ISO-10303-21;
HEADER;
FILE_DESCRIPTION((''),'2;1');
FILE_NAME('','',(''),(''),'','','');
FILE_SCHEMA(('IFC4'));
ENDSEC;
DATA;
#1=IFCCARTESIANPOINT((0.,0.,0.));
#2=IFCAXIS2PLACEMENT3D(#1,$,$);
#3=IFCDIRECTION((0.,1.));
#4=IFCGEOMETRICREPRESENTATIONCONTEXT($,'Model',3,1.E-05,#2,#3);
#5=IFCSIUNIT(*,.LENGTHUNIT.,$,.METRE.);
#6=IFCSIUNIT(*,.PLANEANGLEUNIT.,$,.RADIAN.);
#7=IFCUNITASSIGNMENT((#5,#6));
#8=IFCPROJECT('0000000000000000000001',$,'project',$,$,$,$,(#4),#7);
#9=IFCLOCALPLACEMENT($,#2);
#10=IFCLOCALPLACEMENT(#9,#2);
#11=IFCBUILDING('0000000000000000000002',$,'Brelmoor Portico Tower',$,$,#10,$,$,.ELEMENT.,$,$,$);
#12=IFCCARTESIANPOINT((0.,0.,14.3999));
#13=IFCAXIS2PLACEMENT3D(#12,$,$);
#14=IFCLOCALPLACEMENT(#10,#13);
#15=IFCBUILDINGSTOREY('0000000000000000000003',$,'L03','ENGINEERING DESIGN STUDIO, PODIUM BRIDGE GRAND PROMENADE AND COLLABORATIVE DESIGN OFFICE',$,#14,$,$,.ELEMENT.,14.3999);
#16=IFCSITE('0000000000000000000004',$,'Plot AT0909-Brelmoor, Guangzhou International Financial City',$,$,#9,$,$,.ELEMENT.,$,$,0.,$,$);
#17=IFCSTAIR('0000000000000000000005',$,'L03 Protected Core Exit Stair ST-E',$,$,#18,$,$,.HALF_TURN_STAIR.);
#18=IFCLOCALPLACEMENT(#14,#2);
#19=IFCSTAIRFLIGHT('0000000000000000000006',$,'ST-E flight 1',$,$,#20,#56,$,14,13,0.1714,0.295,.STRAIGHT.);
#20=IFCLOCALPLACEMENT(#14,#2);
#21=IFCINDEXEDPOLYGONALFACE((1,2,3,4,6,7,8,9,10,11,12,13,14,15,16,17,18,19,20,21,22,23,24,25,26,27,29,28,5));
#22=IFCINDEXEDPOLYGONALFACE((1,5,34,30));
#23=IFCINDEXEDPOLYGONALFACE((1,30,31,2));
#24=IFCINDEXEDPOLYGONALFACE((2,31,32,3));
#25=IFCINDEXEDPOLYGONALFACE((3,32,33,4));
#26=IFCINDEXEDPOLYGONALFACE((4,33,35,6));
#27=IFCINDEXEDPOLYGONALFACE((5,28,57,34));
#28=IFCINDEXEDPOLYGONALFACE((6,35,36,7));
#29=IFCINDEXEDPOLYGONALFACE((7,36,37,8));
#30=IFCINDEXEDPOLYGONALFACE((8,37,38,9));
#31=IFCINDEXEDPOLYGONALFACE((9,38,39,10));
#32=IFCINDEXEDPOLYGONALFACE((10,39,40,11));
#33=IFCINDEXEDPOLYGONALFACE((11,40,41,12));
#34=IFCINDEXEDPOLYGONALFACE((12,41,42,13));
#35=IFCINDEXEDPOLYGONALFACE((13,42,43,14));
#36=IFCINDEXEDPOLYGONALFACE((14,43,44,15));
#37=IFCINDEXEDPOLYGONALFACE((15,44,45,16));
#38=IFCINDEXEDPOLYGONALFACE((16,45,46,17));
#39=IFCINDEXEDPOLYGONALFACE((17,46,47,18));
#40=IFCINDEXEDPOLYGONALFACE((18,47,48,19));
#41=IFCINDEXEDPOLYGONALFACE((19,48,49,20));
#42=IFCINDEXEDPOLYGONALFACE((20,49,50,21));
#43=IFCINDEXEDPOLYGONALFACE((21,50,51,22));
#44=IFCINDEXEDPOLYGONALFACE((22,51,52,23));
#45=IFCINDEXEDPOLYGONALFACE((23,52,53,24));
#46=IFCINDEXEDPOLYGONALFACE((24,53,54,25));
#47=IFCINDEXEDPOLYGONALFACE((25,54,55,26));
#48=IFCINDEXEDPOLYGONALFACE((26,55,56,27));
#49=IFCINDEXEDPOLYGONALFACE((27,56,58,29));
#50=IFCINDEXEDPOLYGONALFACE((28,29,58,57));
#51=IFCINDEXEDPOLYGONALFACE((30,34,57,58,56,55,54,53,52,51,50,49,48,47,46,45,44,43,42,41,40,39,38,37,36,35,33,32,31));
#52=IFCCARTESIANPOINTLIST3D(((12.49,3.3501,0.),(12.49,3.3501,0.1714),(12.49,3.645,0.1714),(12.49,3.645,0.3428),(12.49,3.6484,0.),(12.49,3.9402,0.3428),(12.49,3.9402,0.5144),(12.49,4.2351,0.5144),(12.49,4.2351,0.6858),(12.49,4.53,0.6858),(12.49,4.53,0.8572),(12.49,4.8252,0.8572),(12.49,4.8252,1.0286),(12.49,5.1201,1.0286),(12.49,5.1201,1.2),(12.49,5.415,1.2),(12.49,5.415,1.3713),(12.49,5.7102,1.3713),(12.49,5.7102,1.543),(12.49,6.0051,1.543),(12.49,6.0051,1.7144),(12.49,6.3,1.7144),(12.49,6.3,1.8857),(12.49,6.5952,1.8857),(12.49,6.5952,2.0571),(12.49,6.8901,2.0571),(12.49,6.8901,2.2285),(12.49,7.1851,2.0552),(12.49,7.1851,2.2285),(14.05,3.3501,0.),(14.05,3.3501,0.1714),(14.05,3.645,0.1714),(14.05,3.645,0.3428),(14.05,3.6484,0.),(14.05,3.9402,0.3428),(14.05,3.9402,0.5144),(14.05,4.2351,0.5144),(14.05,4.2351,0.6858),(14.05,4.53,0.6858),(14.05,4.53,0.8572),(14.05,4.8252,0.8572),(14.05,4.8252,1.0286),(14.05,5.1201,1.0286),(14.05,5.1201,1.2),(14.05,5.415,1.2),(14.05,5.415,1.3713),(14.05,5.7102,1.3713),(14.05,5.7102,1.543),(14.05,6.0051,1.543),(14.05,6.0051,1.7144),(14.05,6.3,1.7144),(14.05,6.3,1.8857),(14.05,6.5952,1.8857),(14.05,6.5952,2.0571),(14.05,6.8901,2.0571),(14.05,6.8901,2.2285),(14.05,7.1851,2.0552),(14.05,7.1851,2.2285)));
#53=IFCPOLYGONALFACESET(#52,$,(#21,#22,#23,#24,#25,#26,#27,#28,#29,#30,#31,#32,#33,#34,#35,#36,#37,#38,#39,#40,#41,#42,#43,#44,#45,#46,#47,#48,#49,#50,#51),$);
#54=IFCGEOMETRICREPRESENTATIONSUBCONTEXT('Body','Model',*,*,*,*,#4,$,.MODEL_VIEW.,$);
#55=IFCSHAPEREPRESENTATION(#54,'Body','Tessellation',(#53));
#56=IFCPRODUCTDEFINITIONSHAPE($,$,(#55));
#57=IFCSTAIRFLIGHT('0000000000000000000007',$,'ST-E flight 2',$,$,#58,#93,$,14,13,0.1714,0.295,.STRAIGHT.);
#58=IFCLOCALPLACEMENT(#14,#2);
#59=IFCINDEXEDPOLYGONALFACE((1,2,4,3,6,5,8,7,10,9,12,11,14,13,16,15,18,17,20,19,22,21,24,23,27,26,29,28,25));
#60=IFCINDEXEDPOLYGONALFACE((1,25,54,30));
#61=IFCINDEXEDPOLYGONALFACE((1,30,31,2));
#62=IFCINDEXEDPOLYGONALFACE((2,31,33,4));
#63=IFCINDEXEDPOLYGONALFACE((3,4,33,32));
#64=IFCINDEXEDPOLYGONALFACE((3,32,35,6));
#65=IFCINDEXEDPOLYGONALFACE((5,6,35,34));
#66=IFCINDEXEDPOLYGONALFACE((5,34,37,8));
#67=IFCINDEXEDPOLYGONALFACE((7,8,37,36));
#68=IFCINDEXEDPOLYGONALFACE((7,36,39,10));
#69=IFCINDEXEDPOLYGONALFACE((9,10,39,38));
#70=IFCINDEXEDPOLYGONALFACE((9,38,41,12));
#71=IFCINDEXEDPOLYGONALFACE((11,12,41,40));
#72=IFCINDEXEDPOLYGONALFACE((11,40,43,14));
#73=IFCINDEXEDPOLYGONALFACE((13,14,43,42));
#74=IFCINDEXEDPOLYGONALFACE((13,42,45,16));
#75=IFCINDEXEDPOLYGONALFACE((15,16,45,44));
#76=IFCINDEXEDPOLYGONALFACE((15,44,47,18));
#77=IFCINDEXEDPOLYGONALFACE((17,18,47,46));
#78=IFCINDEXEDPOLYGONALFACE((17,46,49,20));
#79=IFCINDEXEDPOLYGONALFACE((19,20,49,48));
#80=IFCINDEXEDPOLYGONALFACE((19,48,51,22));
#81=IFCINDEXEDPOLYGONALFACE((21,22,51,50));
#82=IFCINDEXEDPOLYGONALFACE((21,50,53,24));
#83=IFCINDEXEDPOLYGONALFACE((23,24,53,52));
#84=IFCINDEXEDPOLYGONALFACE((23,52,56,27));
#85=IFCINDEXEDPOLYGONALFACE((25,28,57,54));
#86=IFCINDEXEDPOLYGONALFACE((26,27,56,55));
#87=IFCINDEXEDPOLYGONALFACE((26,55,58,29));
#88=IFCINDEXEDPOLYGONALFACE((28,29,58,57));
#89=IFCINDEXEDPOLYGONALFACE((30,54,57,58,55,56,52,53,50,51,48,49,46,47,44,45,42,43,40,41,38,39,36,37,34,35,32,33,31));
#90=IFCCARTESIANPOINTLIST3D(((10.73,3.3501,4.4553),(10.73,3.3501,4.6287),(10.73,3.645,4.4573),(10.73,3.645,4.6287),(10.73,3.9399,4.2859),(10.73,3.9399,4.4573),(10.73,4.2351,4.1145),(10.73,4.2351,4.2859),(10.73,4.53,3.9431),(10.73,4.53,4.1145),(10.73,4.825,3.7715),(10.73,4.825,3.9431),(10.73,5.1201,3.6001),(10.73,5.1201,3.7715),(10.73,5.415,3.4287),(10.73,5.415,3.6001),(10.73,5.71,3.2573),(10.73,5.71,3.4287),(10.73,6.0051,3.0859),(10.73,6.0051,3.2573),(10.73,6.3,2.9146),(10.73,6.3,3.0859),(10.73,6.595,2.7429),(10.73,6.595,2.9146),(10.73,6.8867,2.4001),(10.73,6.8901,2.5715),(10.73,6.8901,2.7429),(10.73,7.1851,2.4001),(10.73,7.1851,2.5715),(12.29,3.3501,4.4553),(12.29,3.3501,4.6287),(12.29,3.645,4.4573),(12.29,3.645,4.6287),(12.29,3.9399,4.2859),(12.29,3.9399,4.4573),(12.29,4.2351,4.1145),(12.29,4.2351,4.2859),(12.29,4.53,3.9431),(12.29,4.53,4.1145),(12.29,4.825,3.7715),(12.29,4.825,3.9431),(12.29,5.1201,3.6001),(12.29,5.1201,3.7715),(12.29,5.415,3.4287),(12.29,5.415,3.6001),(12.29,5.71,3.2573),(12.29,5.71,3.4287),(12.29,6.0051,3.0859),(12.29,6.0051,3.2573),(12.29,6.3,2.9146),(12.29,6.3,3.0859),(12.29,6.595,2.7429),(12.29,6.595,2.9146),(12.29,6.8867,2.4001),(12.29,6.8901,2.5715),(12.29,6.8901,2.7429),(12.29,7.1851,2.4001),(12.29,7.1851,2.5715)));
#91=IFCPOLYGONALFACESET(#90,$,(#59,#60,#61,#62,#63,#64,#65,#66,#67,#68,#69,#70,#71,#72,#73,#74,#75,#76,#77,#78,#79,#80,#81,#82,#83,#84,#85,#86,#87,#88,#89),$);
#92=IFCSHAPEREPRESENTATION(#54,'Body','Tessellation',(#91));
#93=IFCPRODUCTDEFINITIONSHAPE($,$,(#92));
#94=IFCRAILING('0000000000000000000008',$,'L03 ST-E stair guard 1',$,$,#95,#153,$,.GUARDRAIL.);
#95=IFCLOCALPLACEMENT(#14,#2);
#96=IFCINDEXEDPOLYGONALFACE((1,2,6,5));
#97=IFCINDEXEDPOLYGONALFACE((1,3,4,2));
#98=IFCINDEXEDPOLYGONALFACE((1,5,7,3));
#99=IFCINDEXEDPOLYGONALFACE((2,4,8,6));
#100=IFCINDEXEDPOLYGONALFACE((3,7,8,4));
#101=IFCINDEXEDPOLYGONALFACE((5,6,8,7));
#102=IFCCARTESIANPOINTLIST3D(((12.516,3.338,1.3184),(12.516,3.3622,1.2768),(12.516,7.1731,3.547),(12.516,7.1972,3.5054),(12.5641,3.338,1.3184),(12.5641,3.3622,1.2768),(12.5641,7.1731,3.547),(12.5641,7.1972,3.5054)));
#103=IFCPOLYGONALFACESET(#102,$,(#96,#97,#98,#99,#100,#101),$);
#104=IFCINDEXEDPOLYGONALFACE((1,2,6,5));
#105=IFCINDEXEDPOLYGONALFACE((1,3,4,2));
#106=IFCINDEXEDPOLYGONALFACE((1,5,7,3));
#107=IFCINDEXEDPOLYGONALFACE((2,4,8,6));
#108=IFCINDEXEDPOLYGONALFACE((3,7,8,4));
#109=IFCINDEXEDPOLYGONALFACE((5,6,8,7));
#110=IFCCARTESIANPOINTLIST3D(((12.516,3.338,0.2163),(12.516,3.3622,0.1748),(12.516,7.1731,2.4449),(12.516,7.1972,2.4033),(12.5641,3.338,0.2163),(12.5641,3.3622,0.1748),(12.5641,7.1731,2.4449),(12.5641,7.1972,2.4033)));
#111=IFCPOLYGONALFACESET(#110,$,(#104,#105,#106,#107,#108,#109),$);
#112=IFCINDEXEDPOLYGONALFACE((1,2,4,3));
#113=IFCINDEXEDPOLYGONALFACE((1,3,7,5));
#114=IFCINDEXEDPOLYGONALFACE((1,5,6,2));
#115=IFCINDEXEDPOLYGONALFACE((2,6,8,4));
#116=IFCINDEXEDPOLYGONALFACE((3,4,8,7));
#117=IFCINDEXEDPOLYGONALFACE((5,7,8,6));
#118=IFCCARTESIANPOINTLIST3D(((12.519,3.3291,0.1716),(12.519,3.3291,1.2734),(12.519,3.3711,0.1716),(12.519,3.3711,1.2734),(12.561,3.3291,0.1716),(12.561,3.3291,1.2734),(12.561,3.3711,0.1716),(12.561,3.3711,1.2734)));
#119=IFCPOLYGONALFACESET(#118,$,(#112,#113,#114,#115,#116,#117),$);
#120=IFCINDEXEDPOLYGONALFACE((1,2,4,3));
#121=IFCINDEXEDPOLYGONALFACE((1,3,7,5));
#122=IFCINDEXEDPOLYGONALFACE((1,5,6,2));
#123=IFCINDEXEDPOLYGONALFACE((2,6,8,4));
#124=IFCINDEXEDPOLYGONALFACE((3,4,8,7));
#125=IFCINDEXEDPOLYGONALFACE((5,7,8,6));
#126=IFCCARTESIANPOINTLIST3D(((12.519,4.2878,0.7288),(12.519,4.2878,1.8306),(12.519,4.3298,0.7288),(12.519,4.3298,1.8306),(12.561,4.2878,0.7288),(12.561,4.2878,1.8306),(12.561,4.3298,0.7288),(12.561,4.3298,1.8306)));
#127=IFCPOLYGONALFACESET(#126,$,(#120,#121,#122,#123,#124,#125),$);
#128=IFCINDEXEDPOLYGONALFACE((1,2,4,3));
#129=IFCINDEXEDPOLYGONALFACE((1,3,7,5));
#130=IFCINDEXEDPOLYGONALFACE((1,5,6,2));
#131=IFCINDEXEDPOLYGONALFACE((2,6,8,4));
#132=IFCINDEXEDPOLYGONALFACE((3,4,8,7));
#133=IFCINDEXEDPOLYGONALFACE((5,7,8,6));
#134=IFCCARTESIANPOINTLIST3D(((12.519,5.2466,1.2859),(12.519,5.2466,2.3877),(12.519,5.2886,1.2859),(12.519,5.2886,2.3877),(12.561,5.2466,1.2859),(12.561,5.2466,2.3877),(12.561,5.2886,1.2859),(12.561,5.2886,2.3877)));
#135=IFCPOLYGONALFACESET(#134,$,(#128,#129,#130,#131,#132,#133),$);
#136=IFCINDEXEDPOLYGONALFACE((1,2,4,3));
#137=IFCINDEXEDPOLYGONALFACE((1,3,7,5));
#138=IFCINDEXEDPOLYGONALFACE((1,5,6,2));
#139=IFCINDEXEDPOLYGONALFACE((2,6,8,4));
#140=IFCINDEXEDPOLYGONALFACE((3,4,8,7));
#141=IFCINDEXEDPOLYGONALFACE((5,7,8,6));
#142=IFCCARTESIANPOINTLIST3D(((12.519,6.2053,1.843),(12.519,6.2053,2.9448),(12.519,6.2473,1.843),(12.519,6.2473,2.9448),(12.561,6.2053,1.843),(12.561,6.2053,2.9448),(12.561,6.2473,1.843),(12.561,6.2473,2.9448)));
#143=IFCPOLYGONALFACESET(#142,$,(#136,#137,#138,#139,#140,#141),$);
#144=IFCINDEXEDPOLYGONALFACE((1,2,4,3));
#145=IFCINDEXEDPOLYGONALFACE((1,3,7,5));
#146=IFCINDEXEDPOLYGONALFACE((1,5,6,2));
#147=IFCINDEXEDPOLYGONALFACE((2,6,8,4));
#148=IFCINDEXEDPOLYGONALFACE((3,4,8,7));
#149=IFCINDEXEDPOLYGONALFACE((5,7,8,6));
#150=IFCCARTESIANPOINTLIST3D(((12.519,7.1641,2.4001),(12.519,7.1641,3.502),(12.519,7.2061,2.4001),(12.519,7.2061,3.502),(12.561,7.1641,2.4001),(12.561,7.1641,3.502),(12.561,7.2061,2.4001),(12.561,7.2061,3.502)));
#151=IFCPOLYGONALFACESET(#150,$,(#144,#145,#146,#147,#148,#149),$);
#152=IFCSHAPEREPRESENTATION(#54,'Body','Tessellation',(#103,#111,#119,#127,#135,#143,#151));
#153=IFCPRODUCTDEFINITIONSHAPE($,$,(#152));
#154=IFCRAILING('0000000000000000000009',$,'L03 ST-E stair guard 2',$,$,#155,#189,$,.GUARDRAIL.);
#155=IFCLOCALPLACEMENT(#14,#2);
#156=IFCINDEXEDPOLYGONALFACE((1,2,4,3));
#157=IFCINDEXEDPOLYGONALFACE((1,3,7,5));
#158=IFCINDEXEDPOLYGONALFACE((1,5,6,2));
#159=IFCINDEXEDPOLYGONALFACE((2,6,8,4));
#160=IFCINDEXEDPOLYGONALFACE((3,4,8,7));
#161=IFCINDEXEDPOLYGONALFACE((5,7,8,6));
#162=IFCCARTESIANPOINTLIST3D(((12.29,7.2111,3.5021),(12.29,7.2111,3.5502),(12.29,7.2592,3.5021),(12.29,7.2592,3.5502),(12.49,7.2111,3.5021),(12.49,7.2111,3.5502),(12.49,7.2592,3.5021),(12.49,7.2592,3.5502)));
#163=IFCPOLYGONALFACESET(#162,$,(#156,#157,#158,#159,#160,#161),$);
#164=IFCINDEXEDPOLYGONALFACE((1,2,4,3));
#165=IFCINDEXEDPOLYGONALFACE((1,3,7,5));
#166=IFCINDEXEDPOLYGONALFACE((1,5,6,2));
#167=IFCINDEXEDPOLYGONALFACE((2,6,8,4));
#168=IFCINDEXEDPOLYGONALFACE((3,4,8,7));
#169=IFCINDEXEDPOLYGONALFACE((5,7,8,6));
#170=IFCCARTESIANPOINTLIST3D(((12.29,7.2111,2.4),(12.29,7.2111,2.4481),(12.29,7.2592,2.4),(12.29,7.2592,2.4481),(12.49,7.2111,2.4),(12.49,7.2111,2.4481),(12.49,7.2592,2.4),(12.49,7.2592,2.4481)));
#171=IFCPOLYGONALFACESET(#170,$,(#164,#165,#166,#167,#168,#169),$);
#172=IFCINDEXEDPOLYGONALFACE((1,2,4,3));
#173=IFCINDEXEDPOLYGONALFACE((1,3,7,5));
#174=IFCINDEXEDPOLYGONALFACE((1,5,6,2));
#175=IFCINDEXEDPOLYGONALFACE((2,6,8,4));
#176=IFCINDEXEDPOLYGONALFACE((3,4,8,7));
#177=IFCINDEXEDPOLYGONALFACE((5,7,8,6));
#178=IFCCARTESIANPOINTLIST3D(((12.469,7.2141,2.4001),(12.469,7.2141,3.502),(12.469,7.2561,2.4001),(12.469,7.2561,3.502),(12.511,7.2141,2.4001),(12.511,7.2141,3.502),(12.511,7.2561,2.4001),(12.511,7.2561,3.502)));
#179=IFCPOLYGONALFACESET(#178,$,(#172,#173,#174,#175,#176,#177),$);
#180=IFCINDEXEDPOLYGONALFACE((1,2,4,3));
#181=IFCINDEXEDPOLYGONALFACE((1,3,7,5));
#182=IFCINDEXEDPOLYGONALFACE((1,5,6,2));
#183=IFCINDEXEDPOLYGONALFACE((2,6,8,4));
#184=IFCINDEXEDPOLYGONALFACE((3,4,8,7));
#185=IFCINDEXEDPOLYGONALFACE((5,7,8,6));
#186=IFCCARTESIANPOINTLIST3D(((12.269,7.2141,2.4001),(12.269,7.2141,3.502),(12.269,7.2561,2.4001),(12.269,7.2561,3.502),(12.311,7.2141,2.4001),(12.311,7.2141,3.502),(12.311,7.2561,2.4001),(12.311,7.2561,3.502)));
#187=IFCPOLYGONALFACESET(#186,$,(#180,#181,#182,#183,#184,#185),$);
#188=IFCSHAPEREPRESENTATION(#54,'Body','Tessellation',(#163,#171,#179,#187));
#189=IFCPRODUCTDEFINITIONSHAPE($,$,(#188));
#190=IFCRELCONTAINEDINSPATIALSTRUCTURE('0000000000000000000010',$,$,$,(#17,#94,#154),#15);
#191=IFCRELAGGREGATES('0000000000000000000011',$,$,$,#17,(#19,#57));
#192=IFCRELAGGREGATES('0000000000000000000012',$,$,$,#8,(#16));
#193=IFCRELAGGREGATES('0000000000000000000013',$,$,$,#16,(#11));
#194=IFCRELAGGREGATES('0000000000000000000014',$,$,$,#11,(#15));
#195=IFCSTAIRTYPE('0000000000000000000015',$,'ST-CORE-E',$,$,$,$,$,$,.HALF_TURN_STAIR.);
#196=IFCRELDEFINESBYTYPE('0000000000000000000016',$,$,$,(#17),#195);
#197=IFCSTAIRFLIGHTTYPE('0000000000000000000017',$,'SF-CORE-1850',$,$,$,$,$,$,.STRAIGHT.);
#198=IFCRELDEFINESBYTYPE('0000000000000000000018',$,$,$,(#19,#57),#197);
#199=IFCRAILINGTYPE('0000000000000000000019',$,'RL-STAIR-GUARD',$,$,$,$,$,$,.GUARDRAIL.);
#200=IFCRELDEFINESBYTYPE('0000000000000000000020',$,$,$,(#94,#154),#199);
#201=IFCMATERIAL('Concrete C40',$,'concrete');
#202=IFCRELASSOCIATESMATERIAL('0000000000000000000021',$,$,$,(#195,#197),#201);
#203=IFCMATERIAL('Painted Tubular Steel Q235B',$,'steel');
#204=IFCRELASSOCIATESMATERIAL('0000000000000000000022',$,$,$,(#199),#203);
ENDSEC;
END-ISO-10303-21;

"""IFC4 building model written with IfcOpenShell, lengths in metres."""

from ifc_helpers import new_model, si_unit, direction, frame, origin, origin_2d, place, context, subcontext, project, spatial, polyline, rectangle, outline, extrude, material, type_object, element, aggregate, save


model = new_model("IFC4")

# Units and contexts
model_context = context("Model", 3, precision=1e-05, world=origin(), true_north=direction((0.0, 1.0)))
body_context = subcontext(model_context, "Body", "Model", "MODEL_VIEW")
ifc_project = project(units=[si_unit("LENGTHUNIT", "METRE"), si_unit("PLANEANGLEUNIT", "RADIAN")], contexts=[model_context])

# Site, building, storey
site_placement = place(None, origin())
site = spatial("IfcSite", under=ifc_project, at=site_placement, Name="Plot AT0909-Brelmoor, Guangzhou International Financial City", CompositionType="ELEMENT", RefElevation=0.0)
building_placement = place(site_placement, origin())
building = spatial("IfcBuilding", under=site, at=building_placement, Name="Brelmoor Portico Tower", CompositionType="ELEMENT")
storey_placement = place(building_placement, frame((0.0, 0.0, 14.3999)))
storey = spatial("IfcBuildingStorey", under=building, at=storey_placement, Name="L03", Description="ENGINEERING DESIGN STUDIO, PODIUM BRIDGE GRAND PROMENADE AND COLLABORATIVE DESIGN OFFICE", CompositionType="ELEMENT", Elevation=14.3999)

# Shared definitions
ifc_material_1 = material(Name="Concrete C40", Category="concrete")

# Stair, stair flights
stair_type = type_object("IfcStairType", Name="ST-CORE-E", PredefinedType="HALF_TURN_STAIR", material=ifc_material_1)
stair_placement = place(storey_placement, origin())
stair = element("IfcStair", 1, at=stair_placement, inside=storey, type_object=stair_type, Name="L03 Protected Core Exit Stair ST-E", PredefinedType="HALF_TURN_STAIR")
stair_flight_type = type_object("IfcStairFlightType", Name="SF-CORE-1850", PredefinedType="STRAIGHT", material=ifc_material_1)
stair_flight_1_placement = place(storey_placement, frame((13.27, 3.3501, 0.0), z_axis=(0.0, 0.0, 1.0), x_axis=(0.0, 1.0, 0.0)))
stair_flight_1 = element("IfcStairFlight", 2, at=stair_flight_1_placement, type_object=stair_flight_type, Name="ST-E flight 1", NumberOfRisers=14, NumberOfTreads=13, PredefinedType="STRAIGHT", RiserHeight=0.1714, TreadLength=0.295, context=body_context, shape_type="SweptSolid", body=[
    extrude(outline(polyline([(0.0, 0.0), (0.0, 0.1714), (0.2949, 0.1714), (0.2949, 0.3428), (0.5901, 0.3428), (0.5901, 0.5144), (0.885, 0.5144), (0.885, 0.6858), (1.1799, 0.6858), (1.1799, 0.8572), (1.4751, 0.8572), (1.4751, 1.0286), (1.77, 1.0286), (1.77, 1.2), (2.0649, 1.2), (2.0649, 1.3713), (2.3601, 1.3713), (2.3601, 1.543), (2.655, 1.543), (2.655, 1.7144), (2.95, 1.7144), (2.95, 1.8857), (3.2451, 1.8857), (3.2451, 2.0571), (3.54, 2.0571), (3.54, 2.2285), (3.835, 2.2285), (3.835, 2.3999), (3.835, 2.0552), (0.2983, 0.0), (0.0, 0.0)])), frame((0.0, 0.78, 0.0), z_axis=(0.0, -1.0, 0.0), x_axis=(1.0, 0.0, 0.0)), (0.0, 0.0, 1.0), 1.5601),
])
stair_flight_2_placement = place(storey_placement, frame((11.51, 7.1851, 2.4001), z_axis=(0.0, 0.0, 1.0), x_axis=(0.0, -1.0, 0.0)))
stair_flight_2 = element("IfcStairFlight", 3, at=stair_flight_2_placement, type_object=stair_flight_type, Name="ST-E flight 2", NumberOfRisers=14, NumberOfTreads=13, PredefinedType="STRAIGHT", RiserHeight=0.1714, TreadLength=0.295, context=body_context, shape_type="SweptSolid", body=[
    extrude(outline(polyline([(0.0, 0.0), (0.0, 0.1714), (0.2949, 0.1714), (0.2949, 0.3428), (0.5901, 0.3428), (0.5901, 0.5144), (0.885, 0.5144), (0.885, 0.6858), (1.1799, 0.6858), (1.1799, 0.8572), (1.4751, 0.8572), (1.4751, 1.0286), (1.77, 1.0286), (1.77, 1.2), (2.0649, 1.2), (2.0649, 1.3713), (2.3601, 1.3713), (2.3601, 1.543), (2.655, 1.543), (2.655, 1.7144), (2.95, 1.7144), (2.95, 1.8857), (3.2451, 1.8857), (3.2451, 2.0571), (3.54, 2.0571), (3.54, 2.2285), (3.835, 2.2285), (3.835, 2.3999), (3.835, 2.0552), (0.2983, 0.0), (0.0, 0.0)])), frame((0.0, 0.78, 0.0), z_axis=(0.0, -1.0, 0.0), x_axis=(1.0, 0.0, 0.0)), (0.0, 0.0, 1.0), 1.5601),
])
aggregate(stair, [stair_flight_1, stair_flight_2])

# Railings
ifc_material_2 = material(Name="Painted Tubular Steel Q235B", Category="steel")
railing_type_1 = type_object("IfcRailingType", Name="RL-STAIR-GUARD", PredefinedType="GUARDRAIL", material=ifc_material_2)
railing_1_placement = place(storey_placement, frame((12.54, 3.3501, 0.1716)))
element("IfcRailing", 4, at=railing_1_placement, inside=storey, type_object=railing_type_1, Name="L03 ST-E stair guard 1", PredefinedType="GUARDRAIL", context=body_context, shape_type="SweptSolid", body=[
    extrude(rectangle(XDim=0.0481, YDim=0.0481, at=origin_2d()), frame((0.0, 0.0, 1.126), z_axis=(0.0, 0.864616, 0.502433), x_axis=(-1.0, 0.0, 0.0)), (0.0, 0.0, 1.0), 4.4355),
    extrude(rectangle(XDim=0.0481, YDim=0.0481, at=origin_2d()), frame((0.0, 0.0, 0.0239), z_axis=(0.0, 0.864616, 0.502433), x_axis=(-1.0, 0.0, 0.0)), (0.0, 0.0, 1.0), 4.4355),
    extrude(rectangle(XDim=0.042, YDim=0.042, at=origin_2d()), origin(), (0.0, 0.0, 1.0), 1.1018),
    extrude(rectangle(XDim=0.042, YDim=0.042, at=origin_2d()), frame((0.0, 0.9587, 0.5571)), (0.0, 0.0, 1.0), 1.1018),
    extrude(rectangle(XDim=0.042, YDim=0.042, at=origin_2d()), frame((0.0, 1.9175, 1.1143)), (0.0, 0.0, 1.0), 1.1018),
    extrude(rectangle(XDim=0.042, YDim=0.042, at=origin_2d()), frame((0.0, 2.8762, 1.6714)), (0.0, 0.0, 1.0), 1.1018),
    extrude(rectangle(XDim=0.042, YDim=0.042, at=origin_2d()), frame((0.0, 3.835, 2.2285)), (0.0, 0.0, 1.0), 1.1018),
])
railing_2_placement = place(storey_placement, frame((12.49, 7.2351, 2.4001)))
element("IfcRailing", 5, at=railing_2_placement, inside=storey, type_object=railing_type_1, Name="L03 ST-E stair guard 2", PredefinedType="GUARDRAIL", context=body_context, shape_type="SweptSolid", body=[
    extrude(rectangle(XDim=0.0481, YDim=0.0481, at=origin_2d()), frame((0.0, 0.0, 1.126), z_axis=(-1.0, 0.0, 0.0), x_axis=(0.0, -1.0, 0.0)), (0.0, 0.0, 1.0), 0.2),
    extrude(rectangle(XDim=0.0481, YDim=0.0481, at=origin_2d()), frame((0.0, 0.0, 0.0239), z_axis=(-1.0, 0.0, 0.0), x_axis=(0.0, -1.0, 0.0)), (0.0, 0.0, 1.0), 0.2),
    extrude(rectangle(XDim=0.042, YDim=0.042, at=origin_2d()), origin(), (0.0, 0.0, 1.0), 1.1018),
    extrude(rectangle(XDim=0.042, YDim=0.042, at=origin_2d()), frame((-0.2, 0.0, 0.0)), (0.0, 0.0, 1.0), 1.1018),
])

save(model, "model.ifc")
